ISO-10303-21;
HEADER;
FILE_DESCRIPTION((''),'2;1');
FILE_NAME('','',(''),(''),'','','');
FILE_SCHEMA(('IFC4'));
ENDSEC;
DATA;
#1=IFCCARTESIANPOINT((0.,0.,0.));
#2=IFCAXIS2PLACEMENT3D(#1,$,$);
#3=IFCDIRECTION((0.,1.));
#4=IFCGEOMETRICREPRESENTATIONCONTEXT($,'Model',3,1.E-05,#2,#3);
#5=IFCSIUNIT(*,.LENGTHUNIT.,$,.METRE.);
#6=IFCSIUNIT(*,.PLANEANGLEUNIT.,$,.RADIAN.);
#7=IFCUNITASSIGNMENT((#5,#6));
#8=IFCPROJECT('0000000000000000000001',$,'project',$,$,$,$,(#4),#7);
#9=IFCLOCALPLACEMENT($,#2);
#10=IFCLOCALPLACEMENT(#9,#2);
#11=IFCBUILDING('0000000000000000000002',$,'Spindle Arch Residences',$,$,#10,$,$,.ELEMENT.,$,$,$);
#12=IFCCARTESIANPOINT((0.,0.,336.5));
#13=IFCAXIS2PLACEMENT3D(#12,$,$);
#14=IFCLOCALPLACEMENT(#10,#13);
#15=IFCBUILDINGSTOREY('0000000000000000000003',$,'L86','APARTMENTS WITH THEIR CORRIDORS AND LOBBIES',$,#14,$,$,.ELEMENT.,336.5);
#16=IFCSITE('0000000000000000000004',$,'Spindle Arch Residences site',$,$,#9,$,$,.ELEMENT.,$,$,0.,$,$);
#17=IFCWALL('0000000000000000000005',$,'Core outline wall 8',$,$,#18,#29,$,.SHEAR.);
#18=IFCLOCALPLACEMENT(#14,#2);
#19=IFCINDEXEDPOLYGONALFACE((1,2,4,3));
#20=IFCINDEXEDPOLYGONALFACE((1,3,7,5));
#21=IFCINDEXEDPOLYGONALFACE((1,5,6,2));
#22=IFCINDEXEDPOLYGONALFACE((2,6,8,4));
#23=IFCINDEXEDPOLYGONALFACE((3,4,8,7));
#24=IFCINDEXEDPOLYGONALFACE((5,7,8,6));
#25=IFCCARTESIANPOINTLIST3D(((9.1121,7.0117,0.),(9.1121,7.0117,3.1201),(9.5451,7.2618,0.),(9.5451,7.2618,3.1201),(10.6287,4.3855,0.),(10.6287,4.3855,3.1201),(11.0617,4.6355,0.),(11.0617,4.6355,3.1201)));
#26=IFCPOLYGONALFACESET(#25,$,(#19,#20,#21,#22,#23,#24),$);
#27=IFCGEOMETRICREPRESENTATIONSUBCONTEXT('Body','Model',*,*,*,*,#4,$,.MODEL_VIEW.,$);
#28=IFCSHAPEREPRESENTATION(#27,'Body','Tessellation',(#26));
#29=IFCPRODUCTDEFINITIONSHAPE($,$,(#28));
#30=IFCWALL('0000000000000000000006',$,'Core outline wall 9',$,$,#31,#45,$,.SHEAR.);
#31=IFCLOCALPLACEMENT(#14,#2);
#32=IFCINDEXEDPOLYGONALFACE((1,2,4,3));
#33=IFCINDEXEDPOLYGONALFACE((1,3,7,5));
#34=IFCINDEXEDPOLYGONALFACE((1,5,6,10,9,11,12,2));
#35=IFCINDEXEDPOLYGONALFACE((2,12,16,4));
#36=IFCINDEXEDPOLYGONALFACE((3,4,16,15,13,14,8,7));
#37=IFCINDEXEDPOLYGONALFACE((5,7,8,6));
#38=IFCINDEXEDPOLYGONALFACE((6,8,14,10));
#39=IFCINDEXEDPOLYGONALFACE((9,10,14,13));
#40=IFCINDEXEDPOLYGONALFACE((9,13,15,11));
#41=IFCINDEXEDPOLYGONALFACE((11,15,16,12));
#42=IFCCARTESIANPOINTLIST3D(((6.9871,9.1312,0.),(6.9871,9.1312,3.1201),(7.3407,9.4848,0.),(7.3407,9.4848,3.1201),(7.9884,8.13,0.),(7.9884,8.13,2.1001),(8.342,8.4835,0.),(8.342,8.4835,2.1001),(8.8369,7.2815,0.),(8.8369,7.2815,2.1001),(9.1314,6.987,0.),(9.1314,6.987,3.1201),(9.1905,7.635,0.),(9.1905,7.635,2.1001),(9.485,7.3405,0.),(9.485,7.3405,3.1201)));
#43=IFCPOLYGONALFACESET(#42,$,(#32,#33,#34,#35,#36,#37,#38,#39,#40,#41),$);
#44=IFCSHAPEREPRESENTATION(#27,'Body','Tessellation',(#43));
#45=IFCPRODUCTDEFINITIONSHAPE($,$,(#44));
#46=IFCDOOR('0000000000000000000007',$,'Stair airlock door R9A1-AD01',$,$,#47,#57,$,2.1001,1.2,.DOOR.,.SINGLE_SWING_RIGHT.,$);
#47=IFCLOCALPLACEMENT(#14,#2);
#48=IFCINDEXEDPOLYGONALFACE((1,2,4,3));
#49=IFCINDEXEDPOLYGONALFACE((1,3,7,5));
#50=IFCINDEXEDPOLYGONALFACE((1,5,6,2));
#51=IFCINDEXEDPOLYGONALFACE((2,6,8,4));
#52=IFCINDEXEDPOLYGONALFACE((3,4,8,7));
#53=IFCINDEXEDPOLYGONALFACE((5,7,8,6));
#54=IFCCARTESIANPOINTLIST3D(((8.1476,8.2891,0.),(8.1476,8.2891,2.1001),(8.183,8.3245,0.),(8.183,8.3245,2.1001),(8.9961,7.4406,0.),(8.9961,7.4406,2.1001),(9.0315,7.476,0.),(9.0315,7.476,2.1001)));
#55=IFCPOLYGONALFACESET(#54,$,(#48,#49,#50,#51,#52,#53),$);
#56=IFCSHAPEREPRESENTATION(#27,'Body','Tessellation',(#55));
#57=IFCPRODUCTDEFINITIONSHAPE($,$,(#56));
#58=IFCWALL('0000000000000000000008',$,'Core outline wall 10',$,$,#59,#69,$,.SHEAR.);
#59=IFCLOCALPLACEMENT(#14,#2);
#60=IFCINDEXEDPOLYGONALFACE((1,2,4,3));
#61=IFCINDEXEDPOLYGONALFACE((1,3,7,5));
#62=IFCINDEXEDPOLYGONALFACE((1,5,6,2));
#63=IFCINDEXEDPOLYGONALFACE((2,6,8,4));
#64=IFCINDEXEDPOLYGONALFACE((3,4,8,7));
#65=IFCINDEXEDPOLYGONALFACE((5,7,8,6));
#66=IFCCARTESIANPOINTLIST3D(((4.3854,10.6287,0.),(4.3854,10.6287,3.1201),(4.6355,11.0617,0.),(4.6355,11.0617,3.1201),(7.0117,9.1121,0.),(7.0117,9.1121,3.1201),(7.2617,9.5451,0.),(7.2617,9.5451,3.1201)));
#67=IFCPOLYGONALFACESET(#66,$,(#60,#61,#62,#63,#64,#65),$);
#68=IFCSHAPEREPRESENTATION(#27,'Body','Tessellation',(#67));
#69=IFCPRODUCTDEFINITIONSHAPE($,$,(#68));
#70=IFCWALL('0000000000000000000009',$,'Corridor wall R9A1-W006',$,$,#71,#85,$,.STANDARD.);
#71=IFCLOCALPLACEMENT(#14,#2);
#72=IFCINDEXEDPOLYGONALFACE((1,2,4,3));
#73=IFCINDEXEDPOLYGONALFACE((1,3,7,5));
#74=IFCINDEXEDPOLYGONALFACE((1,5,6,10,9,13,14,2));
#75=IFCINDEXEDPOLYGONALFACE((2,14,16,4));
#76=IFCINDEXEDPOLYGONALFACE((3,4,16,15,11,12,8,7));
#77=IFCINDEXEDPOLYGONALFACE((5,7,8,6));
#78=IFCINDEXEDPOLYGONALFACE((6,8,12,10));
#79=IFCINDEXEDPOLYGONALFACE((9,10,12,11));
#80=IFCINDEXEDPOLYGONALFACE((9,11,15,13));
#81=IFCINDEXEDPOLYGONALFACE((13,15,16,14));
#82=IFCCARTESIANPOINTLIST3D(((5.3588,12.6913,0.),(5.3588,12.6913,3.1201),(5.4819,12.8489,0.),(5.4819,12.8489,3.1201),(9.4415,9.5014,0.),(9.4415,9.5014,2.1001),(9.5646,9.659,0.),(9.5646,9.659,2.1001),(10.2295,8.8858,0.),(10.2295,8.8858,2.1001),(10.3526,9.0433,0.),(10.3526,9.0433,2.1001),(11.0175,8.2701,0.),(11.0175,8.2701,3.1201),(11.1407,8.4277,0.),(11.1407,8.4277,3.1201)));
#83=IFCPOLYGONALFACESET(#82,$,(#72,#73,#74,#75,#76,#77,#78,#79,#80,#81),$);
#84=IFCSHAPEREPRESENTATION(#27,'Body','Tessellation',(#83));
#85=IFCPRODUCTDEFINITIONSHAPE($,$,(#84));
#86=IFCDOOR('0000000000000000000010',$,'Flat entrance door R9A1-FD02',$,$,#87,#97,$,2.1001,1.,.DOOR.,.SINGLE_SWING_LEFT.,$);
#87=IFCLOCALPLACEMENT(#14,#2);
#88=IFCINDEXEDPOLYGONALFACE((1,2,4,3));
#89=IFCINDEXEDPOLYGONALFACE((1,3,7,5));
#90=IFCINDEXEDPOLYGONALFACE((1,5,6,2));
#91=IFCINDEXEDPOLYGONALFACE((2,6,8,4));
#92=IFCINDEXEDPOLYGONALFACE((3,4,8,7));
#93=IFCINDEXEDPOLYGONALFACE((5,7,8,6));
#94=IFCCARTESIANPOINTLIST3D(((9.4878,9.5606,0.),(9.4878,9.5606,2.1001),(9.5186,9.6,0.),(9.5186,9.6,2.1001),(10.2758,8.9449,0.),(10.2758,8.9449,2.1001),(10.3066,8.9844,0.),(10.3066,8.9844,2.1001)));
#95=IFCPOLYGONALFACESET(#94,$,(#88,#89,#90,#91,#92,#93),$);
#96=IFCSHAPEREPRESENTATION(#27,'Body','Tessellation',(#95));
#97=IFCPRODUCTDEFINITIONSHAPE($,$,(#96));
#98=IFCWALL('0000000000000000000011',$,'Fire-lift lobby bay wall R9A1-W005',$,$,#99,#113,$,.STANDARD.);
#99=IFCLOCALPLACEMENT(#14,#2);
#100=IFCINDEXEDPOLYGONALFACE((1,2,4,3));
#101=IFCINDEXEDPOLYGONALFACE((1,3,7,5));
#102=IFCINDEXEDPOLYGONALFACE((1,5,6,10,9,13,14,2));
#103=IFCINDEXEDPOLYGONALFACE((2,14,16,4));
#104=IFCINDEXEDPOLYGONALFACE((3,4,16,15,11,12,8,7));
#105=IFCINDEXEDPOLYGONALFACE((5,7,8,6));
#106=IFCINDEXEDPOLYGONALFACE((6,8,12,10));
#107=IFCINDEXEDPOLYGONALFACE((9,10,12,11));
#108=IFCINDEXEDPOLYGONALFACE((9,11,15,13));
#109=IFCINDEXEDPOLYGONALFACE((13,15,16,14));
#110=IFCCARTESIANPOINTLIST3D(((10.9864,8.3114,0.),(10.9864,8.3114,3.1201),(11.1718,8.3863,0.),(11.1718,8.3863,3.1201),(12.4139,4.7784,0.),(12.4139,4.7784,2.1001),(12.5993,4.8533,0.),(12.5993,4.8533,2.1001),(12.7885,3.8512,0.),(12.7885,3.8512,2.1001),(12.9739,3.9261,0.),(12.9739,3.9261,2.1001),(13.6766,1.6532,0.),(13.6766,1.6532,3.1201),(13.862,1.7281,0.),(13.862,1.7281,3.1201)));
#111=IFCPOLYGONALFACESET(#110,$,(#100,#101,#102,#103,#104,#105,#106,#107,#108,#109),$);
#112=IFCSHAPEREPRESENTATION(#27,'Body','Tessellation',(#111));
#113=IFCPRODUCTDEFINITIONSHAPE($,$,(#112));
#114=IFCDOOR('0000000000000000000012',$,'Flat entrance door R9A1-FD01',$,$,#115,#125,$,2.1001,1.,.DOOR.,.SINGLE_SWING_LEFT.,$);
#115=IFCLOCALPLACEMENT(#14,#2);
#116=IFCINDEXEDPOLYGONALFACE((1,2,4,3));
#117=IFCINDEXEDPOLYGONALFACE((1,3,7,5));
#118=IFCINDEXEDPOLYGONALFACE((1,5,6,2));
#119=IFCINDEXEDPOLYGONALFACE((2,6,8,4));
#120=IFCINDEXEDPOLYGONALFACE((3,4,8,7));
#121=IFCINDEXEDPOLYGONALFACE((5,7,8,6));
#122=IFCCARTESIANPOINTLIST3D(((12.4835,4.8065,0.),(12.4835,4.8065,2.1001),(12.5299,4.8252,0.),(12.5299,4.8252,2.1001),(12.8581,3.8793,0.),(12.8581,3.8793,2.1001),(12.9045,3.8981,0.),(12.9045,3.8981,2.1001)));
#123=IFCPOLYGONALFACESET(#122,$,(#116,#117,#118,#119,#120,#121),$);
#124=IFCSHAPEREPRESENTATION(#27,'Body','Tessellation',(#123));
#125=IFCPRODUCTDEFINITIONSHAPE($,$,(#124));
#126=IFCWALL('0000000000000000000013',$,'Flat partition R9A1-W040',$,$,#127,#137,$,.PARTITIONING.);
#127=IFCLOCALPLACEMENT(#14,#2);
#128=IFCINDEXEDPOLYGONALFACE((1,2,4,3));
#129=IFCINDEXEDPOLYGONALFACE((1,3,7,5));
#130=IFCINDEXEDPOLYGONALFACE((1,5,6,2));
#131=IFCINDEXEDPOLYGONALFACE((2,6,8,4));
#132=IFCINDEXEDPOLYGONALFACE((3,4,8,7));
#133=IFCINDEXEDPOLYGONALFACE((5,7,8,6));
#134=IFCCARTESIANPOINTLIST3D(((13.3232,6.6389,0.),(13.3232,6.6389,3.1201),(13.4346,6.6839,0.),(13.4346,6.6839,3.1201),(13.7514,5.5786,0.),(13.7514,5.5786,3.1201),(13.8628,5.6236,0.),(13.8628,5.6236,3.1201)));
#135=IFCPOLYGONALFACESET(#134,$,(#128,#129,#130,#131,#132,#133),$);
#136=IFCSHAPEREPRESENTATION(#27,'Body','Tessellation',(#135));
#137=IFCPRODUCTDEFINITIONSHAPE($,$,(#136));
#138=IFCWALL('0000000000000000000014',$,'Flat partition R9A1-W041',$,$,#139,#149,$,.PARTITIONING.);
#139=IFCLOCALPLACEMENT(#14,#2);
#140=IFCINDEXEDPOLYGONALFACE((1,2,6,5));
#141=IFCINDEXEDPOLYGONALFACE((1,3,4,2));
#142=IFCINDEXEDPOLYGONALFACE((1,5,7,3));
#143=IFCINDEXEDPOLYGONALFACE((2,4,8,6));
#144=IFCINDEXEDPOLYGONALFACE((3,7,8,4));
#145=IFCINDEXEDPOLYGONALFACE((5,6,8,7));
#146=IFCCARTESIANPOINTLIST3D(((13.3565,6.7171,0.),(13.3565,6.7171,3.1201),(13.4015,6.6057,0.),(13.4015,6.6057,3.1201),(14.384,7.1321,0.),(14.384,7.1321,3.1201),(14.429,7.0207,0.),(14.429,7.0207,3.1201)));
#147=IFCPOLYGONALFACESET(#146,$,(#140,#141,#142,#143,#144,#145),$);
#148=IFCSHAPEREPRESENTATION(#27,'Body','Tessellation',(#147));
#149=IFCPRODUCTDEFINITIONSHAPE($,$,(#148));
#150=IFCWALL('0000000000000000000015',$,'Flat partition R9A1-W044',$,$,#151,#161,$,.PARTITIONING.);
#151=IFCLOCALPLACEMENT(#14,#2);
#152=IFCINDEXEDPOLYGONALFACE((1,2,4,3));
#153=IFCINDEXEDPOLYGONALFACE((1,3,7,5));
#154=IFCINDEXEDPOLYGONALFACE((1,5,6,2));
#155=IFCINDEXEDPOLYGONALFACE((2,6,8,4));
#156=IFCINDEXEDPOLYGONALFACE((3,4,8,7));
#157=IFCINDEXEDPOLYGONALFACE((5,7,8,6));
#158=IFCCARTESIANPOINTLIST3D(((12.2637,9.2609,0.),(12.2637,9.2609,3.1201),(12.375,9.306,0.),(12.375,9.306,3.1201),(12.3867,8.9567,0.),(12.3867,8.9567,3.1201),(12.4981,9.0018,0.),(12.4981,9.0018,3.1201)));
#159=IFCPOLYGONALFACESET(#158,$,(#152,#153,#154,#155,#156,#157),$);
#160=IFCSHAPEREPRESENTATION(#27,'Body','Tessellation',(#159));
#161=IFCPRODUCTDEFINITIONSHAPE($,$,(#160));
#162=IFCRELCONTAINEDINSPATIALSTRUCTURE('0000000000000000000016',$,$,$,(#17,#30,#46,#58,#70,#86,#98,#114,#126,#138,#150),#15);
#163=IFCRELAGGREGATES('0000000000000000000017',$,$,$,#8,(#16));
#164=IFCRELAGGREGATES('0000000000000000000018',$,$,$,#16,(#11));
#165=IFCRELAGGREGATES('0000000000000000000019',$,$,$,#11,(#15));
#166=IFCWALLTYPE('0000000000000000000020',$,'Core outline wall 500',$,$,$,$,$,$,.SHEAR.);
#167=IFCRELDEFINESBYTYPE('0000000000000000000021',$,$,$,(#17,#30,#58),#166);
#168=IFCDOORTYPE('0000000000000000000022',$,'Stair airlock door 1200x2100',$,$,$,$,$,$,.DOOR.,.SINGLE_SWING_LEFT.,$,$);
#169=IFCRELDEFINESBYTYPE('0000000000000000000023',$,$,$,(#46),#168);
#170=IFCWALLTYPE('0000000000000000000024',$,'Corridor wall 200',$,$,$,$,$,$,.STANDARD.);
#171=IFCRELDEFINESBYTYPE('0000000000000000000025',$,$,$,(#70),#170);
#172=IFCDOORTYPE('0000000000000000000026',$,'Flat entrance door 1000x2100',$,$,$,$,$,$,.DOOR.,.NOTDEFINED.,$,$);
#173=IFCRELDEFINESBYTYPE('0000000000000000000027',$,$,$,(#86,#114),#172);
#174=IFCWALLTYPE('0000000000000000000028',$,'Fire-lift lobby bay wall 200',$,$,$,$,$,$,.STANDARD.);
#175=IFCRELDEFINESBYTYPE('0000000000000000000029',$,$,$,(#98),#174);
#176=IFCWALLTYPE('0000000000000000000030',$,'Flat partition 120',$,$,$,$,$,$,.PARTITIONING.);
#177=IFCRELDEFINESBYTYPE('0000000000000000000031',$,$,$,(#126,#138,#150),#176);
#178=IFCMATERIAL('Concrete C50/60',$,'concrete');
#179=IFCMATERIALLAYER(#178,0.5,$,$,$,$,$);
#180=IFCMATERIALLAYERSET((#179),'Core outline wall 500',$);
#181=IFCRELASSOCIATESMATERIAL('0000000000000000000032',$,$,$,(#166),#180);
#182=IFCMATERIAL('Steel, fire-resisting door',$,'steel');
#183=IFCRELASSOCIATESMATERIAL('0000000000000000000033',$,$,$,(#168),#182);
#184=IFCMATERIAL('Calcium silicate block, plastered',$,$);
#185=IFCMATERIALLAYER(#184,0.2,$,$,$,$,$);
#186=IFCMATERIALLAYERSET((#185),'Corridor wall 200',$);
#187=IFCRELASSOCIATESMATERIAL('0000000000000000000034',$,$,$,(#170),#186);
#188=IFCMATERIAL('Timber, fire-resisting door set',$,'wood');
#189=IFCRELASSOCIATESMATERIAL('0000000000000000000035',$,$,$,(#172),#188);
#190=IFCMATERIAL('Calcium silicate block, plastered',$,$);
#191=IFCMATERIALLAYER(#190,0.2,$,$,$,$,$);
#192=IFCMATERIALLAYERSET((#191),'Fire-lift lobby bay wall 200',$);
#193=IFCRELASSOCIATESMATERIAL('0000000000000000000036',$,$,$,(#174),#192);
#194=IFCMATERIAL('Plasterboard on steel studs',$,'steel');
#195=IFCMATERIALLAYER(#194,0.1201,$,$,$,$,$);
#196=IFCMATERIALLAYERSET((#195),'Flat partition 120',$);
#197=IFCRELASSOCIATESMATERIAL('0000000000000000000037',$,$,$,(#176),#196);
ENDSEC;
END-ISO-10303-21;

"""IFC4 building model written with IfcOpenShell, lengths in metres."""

from ifc_helpers import new_model, si_unit, direction, frame, frame_2d, origin, place, context, subcontext, project, spatial, rectangle, extrude, material, layer, layer_set, type_object, element, fill, save


model = new_model("IFC4")

# Units and contexts
model_context = context("Model", 3, precision=1e-05, world=origin(), true_north=direction((0.0, 1.0)))
body_context = subcontext(model_context, "Body", "Model", "MODEL_VIEW")
ifc_project = project(units=[si_unit("LENGTHUNIT", "METRE"), si_unit("PLANEANGLEUNIT", "RADIAN")], contexts=[model_context])

# Site, building, storey
site_placement = place(None, origin())
site = spatial("IfcSite", under=ifc_project, at=site_placement, Name="Spindle Arch Residences site", CompositionType="ELEMENT", RefElevation=0.0)
building_placement = place(site_placement, origin())
building = spatial("IfcBuilding", under=site, at=building_placement, Name="Spindle Arch Residences", CompositionType="ELEMENT")
storey_placement = place(building_placement, frame((0.0, 0.0, 336.5)))
storey = spatial("IfcBuildingStorey", under=building, at=storey_placement, Name="L86", Description="APARTMENTS WITH THEIR CORRIDORS AND LOBBIES", CompositionType="ELEMENT", Elevation=336.5)

# Wall
ifc_material_1 = material(Name="Concrete C50/60", Category="concrete")
ifc_layer_1 = layer(ifc_material_1, 0.5)
ifc_layer_set_1 = layer_set([ifc_layer_1], Name="Core outline wall 500")
wall_type_1 = type_object("IfcWallType", Name="Core outline wall 500", PredefinedType="SHEAR", material=ifc_layer_set_1)
wall_1_placement = place(storey_placement, frame((10.8452, 4.5105, 0.0), z_axis=(0.0, 0.0, 1.0), x_axis=(-0.500087, 0.865975, 0.0)))
element("IfcWall", 1, at=wall_1_placement, inside=storey, type_object=wall_type_1, Name="Core outline wall 8", PredefinedType="SHEAR", context=body_context, shape_type="SweptSolid", body=[
    extrude(rectangle(XDim=3.0327, YDim=0.5, at=frame_2d((1.5164, 0.0))), origin(), (0.0, 0.0, 1.0), 3.1201),
])

# Wall, opening, door
wall_2_placement = place(storey_placement, frame((9.3081, 7.1638, 0.0), z_axis=(0.0, 0.0, 1.0), x_axis=(-0.707107, 0.707107, 0.0)))
wall_2 = element("IfcWall", 2, at=wall_2_placement, inside=storey, type_object=wall_type_1, Name="Core outline wall 9", PredefinedType="SHEAR", context=body_context, shape_type="SweptSolid", body=[
    extrude(rectangle(XDim=3.0325, YDim=0.5, at=frame_2d((1.5161, 0.0))), origin(), (0.0, 0.0, 1.0), 3.1201),
])
opening_1_placement = place(wall_2_placement, frame((0.4163, 0.0, 0.0)))
opening_1 = element("IfcOpeningElement", 3, at=opening_1_placement, cuts=wall_2, PredefinedType="OPENING", context=body_context, shape_type="SweptSolid", body=[
    extrude(rectangle(XDim=1.2, YDim=2.1001, at=frame_2d((0.6001, 1.05))), frame((0.0, 0.26, 0.0), z_axis=(0.0, -1.0, 0.0), x_axis=(1.0, 0.0, 0.0)), (0.0, 0.0, 1.0), 0.52),
])
ifc_material_2 = material(Name="Steel, fire-resisting door", Category="steel")
door_type_1 = type_object("IfcDoorType", Name="Stair airlock door 1200x2100", OperationType="SINGLE_SWING_LEFT", PredefinedType="DOOR", material=ifc_material_2)
door_1_placement = place(opening_1_placement, origin())
door_1 = element("IfcDoor", 4, at=door_1_placement, inside=storey, type_object=door_type_1, Name="Stair airlock door R9A1-AD01", OperationType="SINGLE_SWING_RIGHT", OverallHeight=2.1001, OverallWidth=1.2, PredefinedType="DOOR", context=body_context, shape_type="SweptSolid", body=[
    extrude(rectangle(XDim=1.2, YDim=2.1001, at=frame_2d((0.6001, 1.05))), frame((0.0, 0.0249, 0.0), z_axis=(0.0, -1.0, 0.0), x_axis=(1.0, 0.0, 0.0)), (0.0, 0.0, 1.0), 0.05),
])
fill(opening_1, door_1)

# Wall
wall_3_placement = place(storey_placement, frame((7.1367, 9.3286, 0.0), z_axis=(0.0, 0.0, 1.0), x_axis=(-0.865975, 0.500087, 0.0)))
element("IfcWall", 5, at=wall_3_placement, inside=storey, type_object=wall_type_1, Name="Core outline wall 10", PredefinedType="SHEAR", context=body_context, shape_type="SweptSolid", body=[
    extrude(rectangle(XDim=3.0327, YDim=0.5, at=frame_2d((1.5164, 0.0))), origin(), (0.0, 0.0, 1.0), 3.1201),
])

# Walls, openings, doors
ifc_material_3 = material(Name="Calcium silicate block, plastered")
ifc_layer_2 = layer(ifc_material_3, 0.2)
ifc_layer_set_2 = layer_set([ifc_layer_2], Name="Corridor wall 200")
wall_type_2 = type_object("IfcWallType", Name="Corridor wall 200", PredefinedType="STANDARD", material=ifc_layer_set_2)
wall_4_placement = place(storey_placement, frame((11.0791, 8.3489, 0.0), z_axis=(0.0, 0.0, 1.0), x_axis=(-0.788005, 0.615669, 0.0)))
wall_4 = element("IfcWall", 6, at=wall_4_placement, inside=storey, type_object=wall_type_2, Name="Corridor wall R9A1-W006", PredefinedType="STANDARD", context=body_context, shape_type="SweptSolid", body=[
    extrude(rectangle(XDim=7.1812, YDim=0.2, at=frame_2d((3.5906, 0.0))), origin(), (0.0, 0.0, 1.0), 3.1201),
])
opening_2_placement = place(wall_4_placement, frame((1.0, 0.0, 0.0)))
opening_2 = element("IfcOpeningElement", 7, at=opening_2_placement, cuts=wall_4, PredefinedType="OPENING", context=body_context, shape_type="SweptSolid", body=[
    extrude(rectangle(XDim=1.0, YDim=2.1001, at=frame_2d((0.5, 1.05))), frame((0.0, 0.1099, 0.0), z_axis=(0.0, -1.0, 0.0), x_axis=(1.0, 0.0, 0.0)), (0.0, 0.0, 1.0), 0.22),
])
ifc_material_4 = material(Name="Timber, fire-resisting door set", Category="wood")
door_type_2 = type_object("IfcDoorType", Name="Flat entrance door 1000x2100", OperationType="NOTDEFINED", PredefinedType="DOOR", material=ifc_material_4)
door_2_placement = place(opening_2_placement, origin())
door_2 = element("IfcDoor", 8, at=door_2_placement, inside=storey, type_object=door_type_2, Name="Flat entrance door R9A1-FD02", OperationType="SINGLE_SWING_LEFT", OverallHeight=2.1001, OverallWidth=1.0, PredefinedType="DOOR", context=body_context, shape_type="SweptSolid", body=[
    extrude(rectangle(XDim=1.0, YDim=2.1001, at=frame_2d((0.5, 1.05))), frame((0.0, 0.0249, 0.0), z_axis=(0.0, -1.0, 0.0), x_axis=(1.0, 0.0, 0.0)), (0.0, 0.0, 1.0), 0.05),
])
fill(opening_2, door_2)
ifc_material_5 = material(Name="Calcium silicate block, plastered")
ifc_layer_3 = layer(ifc_material_5, 0.2)
ifc_layer_set_3 = layer_set([ifc_layer_3], Name="Fire-lift lobby bay wall 200")
wall_type_3 = type_object("IfcWallType", Name="Fire-lift lobby bay wall 200", PredefinedType="STANDARD", material=ifc_layer_set_3)
wall_5_placement = place(storey_placement, frame((13.7693, 1.6907, 0.0), z_axis=(0.0, 0.0, 1.0), x_axis=(-0.374618, 0.927179, 0.0)))
wall_5 = element("IfcWall", 9, at=wall_5_placement, inside=storey, type_object=wall_type_3, Name="Fire-lift lobby bay wall R9A1-W005", PredefinedType="STANDARD", context=body_context, shape_type="SweptSolid", body=[
    extrude(rectangle(XDim=7.1812, YDim=0.2, at=frame_2d((3.5906, 0.0))), origin(), (0.0, 0.0, 1.0), 3.1201),
])
opening_3_placement = place(wall_5_placement, frame((2.3706, 0.0, 0.0)))
opening_3 = element("IfcOpeningElement", 10, at=opening_3_placement, cuts=wall_5, PredefinedType="OPENING", context=body_context, shape_type="SweptSolid", body=[
    extrude(rectangle(XDim=1.0, YDim=2.1001, at=frame_2d((0.5, 1.05))), frame((0.0, 0.1099, 0.0), z_axis=(0.0, -1.0, 0.0), x_axis=(1.0, 0.0, 0.0)), (0.0, 0.0, 1.0), 0.22),
])
door_3_placement = place(opening_3_placement, origin())
door_3 = element("IfcDoor", 11, at=door_3_placement, inside=storey, type_object=door_type_2, Name="Flat entrance door R9A1-FD01", OperationType="SINGLE_SWING_LEFT", OverallHeight=2.1001, OverallWidth=1.0, PredefinedType="DOOR", context=body_context, shape_type="SweptSolid", body=[
    extrude(rectangle(XDim=1.0, YDim=2.1001, at=frame_2d((0.5, 1.05))), frame((0.0, 0.0249, 0.0), z_axis=(0.0, -1.0, 0.0), x_axis=(1.0, 0.0, 0.0)), (0.0, 0.0, 1.0), 0.05),
])
fill(opening_3, door_3)

# Walls
ifc_material_6 = material(Name="Plasterboard on steel studs", Category="steel")
ifc_layer_4 = layer(ifc_material_6, 0.1201)
ifc_layer_set_4 = layer_set([ifc_layer_4], Name="Flat partition 120")
wall_type_4 = type_object("IfcWallType", Name="Flat partition 120", PredefinedType="PARTITIONING", material=ifc_layer_set_4)
wall_6_placement = place(storey_placement, frame((13.8071, 5.6011, 0.0), z_axis=(0.0, 0.0, 1.0), x_axis=(-0.374481, 0.927235, 0.0)))
element("IfcWall", 12, at=wall_6_placement, inside=storey, type_object=wall_type_4, Name="Flat partition R9A1-W040", PredefinedType="PARTITIONING", context=body_context, shape_type="SweptSolid", body=[
    extrude(rectangle(XDim=1.1436, YDim=0.1201, at=frame_2d((0.5718, 0.0))), origin(), (0.0, 0.0, 1.0), 3.1201),
])
wall_7_placement = place(storey_placement, frame((13.3789, 6.6614, 0.0), z_axis=(0.0, 0.0, 1.0), x_axis=(0.927226, 0.374503, 0.0)))
element("IfcWall", 13, at=wall_7_placement, inside=storey, type_object=wall_type_4, Name="Flat partition R9A1-W041", PredefinedType="PARTITIONING", context=body_context, shape_type="SweptSolid", body=[
    extrude(rectangle(XDim=1.1082, YDim=0.1201, at=frame_2d((0.5542, 0.0))), origin(), (0.0, 0.0, 1.0), 3.1201),
])
wall_8_placement = place(storey_placement, frame((12.4424, 8.9792, 0.0), z_axis=(0.0, 0.0, 1.0), x_axis=(-0.37498, 0.927033, 0.0)))
element("IfcWall", 14, at=wall_8_placement, inside=storey, type_object=wall_type_4, Name="Flat partition R9A1-W044", PredefinedType="PARTITIONING", context=body_context, shape_type="SweptSolid", body=[
    extrude(rectangle(XDim=0.3281, YDim=0.1201, at=frame_2d((0.1641, 0.0))), origin(), (0.0, 0.0, 1.0), 3.1201),
])

save(model, "model.ifc")
